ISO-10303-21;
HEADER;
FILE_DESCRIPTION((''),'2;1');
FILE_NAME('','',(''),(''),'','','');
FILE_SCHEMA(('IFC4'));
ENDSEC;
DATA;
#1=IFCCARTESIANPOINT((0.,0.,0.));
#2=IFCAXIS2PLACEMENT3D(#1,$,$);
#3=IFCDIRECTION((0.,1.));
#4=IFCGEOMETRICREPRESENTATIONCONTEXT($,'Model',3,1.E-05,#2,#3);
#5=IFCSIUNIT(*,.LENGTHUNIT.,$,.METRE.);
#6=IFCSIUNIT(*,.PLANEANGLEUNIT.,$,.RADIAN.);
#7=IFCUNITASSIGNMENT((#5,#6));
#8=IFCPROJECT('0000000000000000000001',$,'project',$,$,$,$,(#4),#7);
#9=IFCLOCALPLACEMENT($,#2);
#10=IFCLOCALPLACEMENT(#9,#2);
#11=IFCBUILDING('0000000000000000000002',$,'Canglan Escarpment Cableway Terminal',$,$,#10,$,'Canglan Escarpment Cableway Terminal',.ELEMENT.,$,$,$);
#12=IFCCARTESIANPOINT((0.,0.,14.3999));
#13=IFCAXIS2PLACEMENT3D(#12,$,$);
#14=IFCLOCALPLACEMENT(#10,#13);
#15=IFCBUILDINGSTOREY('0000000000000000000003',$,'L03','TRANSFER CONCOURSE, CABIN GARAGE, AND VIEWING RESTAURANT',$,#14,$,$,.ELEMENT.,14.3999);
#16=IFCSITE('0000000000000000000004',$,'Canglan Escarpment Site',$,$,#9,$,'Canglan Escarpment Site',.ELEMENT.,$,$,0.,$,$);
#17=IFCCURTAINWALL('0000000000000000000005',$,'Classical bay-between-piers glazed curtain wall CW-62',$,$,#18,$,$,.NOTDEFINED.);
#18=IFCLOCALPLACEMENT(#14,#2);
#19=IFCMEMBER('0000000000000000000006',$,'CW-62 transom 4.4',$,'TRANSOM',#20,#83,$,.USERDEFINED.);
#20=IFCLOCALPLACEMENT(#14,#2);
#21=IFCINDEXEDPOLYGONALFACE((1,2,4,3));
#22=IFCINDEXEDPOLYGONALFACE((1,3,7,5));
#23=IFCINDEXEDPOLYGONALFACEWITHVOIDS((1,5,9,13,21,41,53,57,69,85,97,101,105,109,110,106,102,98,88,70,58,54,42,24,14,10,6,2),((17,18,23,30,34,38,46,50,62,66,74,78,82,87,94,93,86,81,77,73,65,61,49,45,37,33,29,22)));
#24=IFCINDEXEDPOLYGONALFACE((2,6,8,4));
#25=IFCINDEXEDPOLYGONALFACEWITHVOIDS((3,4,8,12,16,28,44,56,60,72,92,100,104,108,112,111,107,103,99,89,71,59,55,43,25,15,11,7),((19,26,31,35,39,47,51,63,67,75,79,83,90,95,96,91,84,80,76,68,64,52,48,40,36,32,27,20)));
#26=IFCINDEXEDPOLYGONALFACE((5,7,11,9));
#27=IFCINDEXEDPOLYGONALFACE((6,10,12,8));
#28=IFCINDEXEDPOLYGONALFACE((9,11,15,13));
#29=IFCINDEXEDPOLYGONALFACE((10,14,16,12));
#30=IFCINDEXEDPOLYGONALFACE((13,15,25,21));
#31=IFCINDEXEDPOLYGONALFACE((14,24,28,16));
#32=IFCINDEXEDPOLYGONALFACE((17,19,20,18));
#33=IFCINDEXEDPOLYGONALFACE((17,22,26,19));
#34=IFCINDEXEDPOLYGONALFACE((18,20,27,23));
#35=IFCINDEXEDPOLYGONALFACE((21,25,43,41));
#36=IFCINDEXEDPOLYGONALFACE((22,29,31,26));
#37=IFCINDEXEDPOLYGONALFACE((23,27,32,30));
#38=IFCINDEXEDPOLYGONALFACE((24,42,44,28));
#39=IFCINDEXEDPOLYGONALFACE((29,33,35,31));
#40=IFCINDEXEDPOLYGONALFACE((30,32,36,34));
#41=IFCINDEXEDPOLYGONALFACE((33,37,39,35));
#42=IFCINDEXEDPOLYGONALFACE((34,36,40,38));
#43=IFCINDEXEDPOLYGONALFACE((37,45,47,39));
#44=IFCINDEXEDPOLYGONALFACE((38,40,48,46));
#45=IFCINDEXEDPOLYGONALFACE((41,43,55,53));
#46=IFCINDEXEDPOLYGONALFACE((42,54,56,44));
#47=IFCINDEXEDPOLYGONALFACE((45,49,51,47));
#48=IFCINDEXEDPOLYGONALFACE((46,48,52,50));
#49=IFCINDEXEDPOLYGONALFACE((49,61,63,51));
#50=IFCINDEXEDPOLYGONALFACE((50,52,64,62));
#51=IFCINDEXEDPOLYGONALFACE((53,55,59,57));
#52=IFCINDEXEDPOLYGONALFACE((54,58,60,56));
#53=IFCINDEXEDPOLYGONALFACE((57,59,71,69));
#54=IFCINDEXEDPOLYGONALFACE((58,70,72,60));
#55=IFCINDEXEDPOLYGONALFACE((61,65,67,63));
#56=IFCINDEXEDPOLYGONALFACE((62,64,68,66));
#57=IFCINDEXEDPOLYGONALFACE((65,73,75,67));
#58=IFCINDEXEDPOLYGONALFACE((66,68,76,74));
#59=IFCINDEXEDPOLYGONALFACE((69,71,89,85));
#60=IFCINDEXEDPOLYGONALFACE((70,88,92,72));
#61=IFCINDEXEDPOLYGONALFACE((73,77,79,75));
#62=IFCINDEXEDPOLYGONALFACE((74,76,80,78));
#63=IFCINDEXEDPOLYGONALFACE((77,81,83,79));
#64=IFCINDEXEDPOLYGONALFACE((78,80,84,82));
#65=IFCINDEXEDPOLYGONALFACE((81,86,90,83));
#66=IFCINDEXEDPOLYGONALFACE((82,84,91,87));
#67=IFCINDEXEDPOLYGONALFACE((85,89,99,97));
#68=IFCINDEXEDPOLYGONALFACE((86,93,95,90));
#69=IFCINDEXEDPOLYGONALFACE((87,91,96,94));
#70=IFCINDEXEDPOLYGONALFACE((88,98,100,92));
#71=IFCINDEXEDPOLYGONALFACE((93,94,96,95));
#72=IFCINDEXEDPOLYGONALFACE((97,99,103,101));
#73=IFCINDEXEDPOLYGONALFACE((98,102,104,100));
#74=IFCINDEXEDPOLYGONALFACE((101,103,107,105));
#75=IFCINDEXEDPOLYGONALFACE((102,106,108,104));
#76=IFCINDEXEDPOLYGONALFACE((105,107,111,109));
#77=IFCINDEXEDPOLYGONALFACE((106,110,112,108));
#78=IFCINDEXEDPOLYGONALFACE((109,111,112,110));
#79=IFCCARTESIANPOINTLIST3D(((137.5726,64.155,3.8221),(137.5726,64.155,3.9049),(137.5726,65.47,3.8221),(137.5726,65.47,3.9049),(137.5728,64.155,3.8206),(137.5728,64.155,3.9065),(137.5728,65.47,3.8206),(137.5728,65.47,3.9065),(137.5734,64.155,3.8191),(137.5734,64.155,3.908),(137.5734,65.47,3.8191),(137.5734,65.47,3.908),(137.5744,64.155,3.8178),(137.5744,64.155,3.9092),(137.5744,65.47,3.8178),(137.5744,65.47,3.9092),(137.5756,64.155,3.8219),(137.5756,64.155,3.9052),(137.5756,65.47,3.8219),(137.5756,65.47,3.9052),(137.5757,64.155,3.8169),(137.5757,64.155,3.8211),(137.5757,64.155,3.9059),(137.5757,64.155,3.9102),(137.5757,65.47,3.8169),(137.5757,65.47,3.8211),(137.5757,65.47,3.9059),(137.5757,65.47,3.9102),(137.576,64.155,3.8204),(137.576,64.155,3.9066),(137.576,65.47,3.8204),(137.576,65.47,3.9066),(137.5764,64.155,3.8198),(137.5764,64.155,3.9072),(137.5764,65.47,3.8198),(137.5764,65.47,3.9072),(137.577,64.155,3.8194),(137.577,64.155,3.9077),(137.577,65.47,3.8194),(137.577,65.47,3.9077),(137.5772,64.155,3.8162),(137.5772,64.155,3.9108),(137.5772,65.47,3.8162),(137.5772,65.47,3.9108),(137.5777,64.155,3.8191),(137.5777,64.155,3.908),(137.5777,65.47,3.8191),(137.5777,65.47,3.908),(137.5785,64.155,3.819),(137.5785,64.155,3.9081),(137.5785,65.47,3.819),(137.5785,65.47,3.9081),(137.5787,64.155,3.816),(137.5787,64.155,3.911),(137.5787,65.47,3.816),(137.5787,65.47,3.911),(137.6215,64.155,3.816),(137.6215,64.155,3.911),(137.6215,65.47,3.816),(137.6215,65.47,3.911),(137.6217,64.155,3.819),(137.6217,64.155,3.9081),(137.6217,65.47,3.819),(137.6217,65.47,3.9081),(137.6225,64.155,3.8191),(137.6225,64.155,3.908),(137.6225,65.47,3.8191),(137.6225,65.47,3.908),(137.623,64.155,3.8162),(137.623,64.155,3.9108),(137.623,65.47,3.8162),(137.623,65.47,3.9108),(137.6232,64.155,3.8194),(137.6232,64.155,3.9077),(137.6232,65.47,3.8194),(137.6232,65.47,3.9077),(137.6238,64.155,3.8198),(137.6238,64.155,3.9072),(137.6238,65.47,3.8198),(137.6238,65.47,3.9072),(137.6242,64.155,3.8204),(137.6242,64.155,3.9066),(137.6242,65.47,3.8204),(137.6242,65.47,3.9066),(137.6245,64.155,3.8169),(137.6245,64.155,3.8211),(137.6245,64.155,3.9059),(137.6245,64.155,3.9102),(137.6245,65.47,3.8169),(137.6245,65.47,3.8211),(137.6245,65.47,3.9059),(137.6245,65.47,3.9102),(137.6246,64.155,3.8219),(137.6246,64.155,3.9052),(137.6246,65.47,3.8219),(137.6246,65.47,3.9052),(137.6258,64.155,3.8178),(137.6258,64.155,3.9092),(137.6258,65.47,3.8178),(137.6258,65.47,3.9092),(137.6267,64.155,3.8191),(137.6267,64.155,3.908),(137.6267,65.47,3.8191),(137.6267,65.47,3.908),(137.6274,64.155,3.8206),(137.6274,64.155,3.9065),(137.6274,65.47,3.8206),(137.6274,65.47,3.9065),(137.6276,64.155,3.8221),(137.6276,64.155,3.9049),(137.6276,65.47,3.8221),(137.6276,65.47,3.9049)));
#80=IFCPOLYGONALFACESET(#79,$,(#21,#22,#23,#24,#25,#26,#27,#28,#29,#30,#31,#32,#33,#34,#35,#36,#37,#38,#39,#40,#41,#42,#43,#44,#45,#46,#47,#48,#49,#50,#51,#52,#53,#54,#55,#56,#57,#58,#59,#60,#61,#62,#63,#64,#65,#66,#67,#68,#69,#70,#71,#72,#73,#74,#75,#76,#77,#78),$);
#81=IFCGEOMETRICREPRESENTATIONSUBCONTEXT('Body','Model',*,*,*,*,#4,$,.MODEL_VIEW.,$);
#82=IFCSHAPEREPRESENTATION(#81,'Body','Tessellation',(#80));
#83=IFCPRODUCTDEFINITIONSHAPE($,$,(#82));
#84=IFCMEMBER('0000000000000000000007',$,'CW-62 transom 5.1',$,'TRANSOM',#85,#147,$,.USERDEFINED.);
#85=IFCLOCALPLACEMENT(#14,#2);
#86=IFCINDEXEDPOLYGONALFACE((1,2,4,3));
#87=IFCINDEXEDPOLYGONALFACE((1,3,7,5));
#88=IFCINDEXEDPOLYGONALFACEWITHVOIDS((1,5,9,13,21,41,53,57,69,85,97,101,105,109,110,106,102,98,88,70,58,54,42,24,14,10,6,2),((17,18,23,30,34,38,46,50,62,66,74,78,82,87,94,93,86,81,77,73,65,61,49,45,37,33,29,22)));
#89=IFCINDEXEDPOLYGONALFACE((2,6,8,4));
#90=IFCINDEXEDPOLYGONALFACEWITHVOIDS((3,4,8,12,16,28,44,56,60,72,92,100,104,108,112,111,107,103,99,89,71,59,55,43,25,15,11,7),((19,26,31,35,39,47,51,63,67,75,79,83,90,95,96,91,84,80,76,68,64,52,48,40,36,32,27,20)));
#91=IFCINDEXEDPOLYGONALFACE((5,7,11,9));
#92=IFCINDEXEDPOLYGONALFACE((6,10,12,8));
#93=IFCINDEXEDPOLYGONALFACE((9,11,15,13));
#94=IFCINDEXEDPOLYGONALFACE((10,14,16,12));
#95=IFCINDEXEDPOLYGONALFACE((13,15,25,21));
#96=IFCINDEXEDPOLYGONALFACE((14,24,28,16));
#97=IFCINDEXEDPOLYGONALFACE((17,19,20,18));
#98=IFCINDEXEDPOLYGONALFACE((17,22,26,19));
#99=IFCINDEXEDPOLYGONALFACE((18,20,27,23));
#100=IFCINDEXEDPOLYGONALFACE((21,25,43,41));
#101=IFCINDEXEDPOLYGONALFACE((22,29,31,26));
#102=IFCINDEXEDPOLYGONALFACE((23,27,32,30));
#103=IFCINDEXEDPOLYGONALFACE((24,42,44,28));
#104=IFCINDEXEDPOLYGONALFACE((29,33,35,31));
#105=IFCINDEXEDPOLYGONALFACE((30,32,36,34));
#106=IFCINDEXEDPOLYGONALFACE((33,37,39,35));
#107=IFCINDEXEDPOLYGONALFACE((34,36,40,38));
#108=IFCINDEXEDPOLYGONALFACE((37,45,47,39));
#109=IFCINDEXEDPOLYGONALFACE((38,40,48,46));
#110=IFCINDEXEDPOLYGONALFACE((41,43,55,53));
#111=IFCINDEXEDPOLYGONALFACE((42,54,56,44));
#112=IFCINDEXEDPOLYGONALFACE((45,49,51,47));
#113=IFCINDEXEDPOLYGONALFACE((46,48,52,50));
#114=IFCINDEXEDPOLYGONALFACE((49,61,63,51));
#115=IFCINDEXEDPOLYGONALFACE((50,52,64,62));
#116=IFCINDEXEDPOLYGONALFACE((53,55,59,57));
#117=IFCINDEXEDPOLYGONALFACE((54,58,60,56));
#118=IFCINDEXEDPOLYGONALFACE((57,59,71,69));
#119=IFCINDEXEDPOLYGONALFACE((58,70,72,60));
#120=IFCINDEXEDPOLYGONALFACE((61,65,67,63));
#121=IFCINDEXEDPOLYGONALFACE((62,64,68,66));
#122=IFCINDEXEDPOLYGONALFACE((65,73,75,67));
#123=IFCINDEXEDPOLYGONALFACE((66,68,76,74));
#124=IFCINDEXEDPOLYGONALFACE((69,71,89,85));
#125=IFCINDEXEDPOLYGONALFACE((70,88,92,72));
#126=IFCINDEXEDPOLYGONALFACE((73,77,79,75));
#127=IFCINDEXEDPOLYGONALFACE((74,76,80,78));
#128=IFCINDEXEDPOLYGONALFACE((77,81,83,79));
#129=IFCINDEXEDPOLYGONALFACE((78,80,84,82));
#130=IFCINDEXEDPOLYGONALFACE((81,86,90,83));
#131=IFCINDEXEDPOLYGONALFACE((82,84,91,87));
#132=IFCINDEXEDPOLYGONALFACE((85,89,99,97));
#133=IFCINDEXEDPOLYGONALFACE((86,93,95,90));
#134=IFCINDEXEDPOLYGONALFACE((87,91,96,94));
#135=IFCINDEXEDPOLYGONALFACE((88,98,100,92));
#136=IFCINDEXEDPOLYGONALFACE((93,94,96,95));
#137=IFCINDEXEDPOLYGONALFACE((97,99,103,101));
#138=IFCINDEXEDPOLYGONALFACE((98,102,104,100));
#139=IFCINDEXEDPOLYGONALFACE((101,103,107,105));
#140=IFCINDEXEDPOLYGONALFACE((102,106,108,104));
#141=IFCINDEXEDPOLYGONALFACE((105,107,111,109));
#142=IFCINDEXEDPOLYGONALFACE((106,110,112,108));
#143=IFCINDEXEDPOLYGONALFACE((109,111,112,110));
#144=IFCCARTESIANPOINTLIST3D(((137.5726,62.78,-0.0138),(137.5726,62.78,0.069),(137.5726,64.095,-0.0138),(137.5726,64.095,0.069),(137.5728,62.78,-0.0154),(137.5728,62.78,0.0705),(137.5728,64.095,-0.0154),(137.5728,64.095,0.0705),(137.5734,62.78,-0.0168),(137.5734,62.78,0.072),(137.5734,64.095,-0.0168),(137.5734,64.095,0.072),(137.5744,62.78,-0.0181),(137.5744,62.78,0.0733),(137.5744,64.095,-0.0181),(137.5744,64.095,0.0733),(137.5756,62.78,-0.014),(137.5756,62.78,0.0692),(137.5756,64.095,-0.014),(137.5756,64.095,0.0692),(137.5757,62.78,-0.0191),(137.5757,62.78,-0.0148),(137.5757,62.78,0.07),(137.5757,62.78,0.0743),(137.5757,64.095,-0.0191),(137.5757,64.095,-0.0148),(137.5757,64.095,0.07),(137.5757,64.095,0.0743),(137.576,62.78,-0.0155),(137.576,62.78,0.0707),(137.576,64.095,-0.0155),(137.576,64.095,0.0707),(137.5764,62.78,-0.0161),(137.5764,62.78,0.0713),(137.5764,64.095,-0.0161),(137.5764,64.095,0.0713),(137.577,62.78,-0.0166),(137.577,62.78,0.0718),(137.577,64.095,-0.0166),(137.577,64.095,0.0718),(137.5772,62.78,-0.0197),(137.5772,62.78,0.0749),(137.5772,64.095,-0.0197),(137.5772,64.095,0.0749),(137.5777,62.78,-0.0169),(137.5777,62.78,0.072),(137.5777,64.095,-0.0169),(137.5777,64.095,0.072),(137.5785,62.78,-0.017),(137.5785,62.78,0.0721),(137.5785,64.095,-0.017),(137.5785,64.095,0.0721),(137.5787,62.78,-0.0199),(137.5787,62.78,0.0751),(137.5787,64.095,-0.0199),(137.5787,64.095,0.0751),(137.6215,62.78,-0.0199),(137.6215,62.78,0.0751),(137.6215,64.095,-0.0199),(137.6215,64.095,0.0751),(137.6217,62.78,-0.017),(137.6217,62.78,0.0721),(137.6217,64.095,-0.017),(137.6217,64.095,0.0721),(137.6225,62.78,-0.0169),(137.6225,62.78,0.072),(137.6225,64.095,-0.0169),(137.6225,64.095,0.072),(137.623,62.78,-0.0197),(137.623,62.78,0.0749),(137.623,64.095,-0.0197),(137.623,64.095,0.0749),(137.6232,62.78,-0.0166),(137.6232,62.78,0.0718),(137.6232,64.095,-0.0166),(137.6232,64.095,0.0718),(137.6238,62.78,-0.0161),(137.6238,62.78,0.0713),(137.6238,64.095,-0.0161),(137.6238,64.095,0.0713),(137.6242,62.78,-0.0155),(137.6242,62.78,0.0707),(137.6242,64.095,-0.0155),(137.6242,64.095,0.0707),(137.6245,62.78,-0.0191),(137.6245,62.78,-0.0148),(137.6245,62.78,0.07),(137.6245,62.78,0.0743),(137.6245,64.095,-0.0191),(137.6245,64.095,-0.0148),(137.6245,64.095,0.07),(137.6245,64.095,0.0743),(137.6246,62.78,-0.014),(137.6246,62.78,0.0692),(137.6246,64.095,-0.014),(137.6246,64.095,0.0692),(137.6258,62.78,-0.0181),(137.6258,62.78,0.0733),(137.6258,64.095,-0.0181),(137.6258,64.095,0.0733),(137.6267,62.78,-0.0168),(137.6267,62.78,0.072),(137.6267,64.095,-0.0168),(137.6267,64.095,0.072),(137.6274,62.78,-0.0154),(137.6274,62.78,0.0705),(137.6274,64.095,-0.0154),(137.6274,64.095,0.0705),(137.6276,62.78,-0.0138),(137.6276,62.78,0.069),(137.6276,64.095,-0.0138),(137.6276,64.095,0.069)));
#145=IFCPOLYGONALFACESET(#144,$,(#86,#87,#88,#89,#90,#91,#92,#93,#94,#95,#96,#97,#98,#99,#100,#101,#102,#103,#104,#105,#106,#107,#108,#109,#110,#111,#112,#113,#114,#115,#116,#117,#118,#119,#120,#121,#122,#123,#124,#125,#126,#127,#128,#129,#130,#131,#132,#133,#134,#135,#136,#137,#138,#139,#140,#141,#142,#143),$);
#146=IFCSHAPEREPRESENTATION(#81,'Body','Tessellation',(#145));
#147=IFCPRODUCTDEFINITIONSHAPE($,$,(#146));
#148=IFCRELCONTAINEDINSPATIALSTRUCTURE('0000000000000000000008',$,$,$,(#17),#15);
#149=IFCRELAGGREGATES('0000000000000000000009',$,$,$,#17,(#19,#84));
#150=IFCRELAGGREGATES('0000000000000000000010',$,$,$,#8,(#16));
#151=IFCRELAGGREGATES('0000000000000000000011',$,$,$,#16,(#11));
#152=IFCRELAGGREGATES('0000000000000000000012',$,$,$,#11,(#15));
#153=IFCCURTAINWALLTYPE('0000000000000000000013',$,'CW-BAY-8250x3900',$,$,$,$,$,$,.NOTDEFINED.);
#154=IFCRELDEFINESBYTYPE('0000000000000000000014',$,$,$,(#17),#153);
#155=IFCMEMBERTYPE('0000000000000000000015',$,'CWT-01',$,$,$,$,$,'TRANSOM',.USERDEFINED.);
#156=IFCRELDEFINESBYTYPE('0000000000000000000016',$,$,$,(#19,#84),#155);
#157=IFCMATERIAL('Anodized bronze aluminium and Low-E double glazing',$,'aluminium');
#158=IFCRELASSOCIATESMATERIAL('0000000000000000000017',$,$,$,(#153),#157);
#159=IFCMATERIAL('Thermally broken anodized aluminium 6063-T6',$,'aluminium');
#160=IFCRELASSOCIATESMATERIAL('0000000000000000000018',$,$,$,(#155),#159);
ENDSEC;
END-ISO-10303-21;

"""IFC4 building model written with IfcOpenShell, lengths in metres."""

from ifc_helpers import new_model, si_unit, direction, frame, origin, origin_2d, place, context, subcontext, project, spatial, hollow_rectangle, extrude, material, material_profile, profile_set, type_object, element, aggregate, save


model = new_model("IFC4")

# Units and contexts
model_context = context("Model", 3, precision=1e-05, world=origin(), true_north=direction((0.0, 1.0)))
body_context = subcontext(model_context, "Body", "Model", "MODEL_VIEW")
ifc_project = project(units=[si_unit("LENGTHUNIT", "METRE"), si_unit("PLANEANGLEUNIT", "RADIAN")], contexts=[model_context])

# Site, building, storey
site_placement = place(None, origin())
site = spatial("IfcSite", under=ifc_project, at=site_placement, Name="Canglan Escarpment Site", LongName="Canglan Escarpment Site", CompositionType="ELEMENT", RefElevation=0.0)
building_placement = place(site_placement, origin())
building = spatial("IfcBuilding", under=site, at=building_placement, Name="Canglan Escarpment Cableway Terminal", LongName="Canglan Escarpment Cableway Terminal", CompositionType="ELEMENT")
storey_placement = place(building_placement, frame((0.0, 0.0, 14.3999)))
storey = spatial("IfcBuildingStorey", under=building, at=storey_placement, Name="L03", Description="TRANSFER CONCOURSE, CABIN GARAGE, AND VIEWING RESTAURANT", CompositionType="ELEMENT", Elevation=14.3999)

# Curtain wall, members
ifc_material_1 = material(Name="Anodized bronze aluminium and Low-E double glazing", Category="aluminium")
curtain_wall_type = type_object("IfcCurtainWallType", Name="CW-BAY-8250x3900", PredefinedType="NOTDEFINED", material=ifc_material_1)
curtain_wall_placement = place(storey_placement, origin())
curtain_wall = element("IfcCurtainWall", 1, at=curtain_wall_placement, inside=storey, type_object=curtain_wall_type, Name="Classical bay-between-piers glazed curtain wall CW-62", PredefinedType="NOTDEFINED")
ifc_material_2 = material(Name="Thermally broken anodized aluminium 6063-T6", Category="aluminium")
ifc_material_profile_1 = material_profile(ifc_material_2, hollow_rectangle(XDim=0.0549, YDim=0.095, WallThickness=0.0029, InnerFilletRadius=0.0029, OuterFilletRadius=0.0061, at=origin_2d()), Name="ALU-TRAN 55x95x3")
ifc_profile_set_1 = profile_set([ifc_material_profile_1], Name="Thermally broken anodized aluminium 6063-T6")
member_type_1 = type_object("IfcMemberType", Name="CWT-01", ElementType="TRANSOM", PredefinedType="USERDEFINED", material=ifc_profile_set_1)
member_1_placement = place(storey_placement, frame((137.6001, 65.47, 3.8635), z_axis=(0.0, -1.0, 0.0), x_axis=(1.0, 0.0, 0.0)))
member_1 = element("IfcMember", 2, at=member_1_placement, type_object=member_type_1, Name="CW-62 transom 4.4", ObjectType="TRANSOM", PredefinedType="USERDEFINED", context=body_context, shape_type="SweptSolid", body=[
    extrude(hollow_rectangle(XDim=0.0549, YDim=0.095, WallThickness=0.0029, InnerFilletRadius=0.0029, OuterFilletRadius=0.0061, at=origin_2d()), origin(), (0.0, 0.0, 1.0), 1.3149),
])
member_2_placement = place(storey_placement, frame((137.6001, 64.095, 0.0276), z_axis=(0.0, -1.0, 0.0), x_axis=(1.0, 0.0, 0.0)))
member_2 = element("IfcMember", 3, at=member_2_placement, type_object=member_type_1, Name="CW-62 transom 5.1", ObjectType="TRANSOM", PredefinedType="USERDEFINED", context=body_context, shape_type="SweptSolid", body=[
    extrude(hollow_rectangle(XDim=0.0549, YDim=0.095, WallThickness=0.0029, InnerFilletRadius=0.0029, OuterFilletRadius=0.0061, at=origin_2d()), origin(), (0.0, 0.0, 1.0), 1.3149),
])
aggregate(curtain_wall, [member_1, member_2])

save(model, "model.ifc")
